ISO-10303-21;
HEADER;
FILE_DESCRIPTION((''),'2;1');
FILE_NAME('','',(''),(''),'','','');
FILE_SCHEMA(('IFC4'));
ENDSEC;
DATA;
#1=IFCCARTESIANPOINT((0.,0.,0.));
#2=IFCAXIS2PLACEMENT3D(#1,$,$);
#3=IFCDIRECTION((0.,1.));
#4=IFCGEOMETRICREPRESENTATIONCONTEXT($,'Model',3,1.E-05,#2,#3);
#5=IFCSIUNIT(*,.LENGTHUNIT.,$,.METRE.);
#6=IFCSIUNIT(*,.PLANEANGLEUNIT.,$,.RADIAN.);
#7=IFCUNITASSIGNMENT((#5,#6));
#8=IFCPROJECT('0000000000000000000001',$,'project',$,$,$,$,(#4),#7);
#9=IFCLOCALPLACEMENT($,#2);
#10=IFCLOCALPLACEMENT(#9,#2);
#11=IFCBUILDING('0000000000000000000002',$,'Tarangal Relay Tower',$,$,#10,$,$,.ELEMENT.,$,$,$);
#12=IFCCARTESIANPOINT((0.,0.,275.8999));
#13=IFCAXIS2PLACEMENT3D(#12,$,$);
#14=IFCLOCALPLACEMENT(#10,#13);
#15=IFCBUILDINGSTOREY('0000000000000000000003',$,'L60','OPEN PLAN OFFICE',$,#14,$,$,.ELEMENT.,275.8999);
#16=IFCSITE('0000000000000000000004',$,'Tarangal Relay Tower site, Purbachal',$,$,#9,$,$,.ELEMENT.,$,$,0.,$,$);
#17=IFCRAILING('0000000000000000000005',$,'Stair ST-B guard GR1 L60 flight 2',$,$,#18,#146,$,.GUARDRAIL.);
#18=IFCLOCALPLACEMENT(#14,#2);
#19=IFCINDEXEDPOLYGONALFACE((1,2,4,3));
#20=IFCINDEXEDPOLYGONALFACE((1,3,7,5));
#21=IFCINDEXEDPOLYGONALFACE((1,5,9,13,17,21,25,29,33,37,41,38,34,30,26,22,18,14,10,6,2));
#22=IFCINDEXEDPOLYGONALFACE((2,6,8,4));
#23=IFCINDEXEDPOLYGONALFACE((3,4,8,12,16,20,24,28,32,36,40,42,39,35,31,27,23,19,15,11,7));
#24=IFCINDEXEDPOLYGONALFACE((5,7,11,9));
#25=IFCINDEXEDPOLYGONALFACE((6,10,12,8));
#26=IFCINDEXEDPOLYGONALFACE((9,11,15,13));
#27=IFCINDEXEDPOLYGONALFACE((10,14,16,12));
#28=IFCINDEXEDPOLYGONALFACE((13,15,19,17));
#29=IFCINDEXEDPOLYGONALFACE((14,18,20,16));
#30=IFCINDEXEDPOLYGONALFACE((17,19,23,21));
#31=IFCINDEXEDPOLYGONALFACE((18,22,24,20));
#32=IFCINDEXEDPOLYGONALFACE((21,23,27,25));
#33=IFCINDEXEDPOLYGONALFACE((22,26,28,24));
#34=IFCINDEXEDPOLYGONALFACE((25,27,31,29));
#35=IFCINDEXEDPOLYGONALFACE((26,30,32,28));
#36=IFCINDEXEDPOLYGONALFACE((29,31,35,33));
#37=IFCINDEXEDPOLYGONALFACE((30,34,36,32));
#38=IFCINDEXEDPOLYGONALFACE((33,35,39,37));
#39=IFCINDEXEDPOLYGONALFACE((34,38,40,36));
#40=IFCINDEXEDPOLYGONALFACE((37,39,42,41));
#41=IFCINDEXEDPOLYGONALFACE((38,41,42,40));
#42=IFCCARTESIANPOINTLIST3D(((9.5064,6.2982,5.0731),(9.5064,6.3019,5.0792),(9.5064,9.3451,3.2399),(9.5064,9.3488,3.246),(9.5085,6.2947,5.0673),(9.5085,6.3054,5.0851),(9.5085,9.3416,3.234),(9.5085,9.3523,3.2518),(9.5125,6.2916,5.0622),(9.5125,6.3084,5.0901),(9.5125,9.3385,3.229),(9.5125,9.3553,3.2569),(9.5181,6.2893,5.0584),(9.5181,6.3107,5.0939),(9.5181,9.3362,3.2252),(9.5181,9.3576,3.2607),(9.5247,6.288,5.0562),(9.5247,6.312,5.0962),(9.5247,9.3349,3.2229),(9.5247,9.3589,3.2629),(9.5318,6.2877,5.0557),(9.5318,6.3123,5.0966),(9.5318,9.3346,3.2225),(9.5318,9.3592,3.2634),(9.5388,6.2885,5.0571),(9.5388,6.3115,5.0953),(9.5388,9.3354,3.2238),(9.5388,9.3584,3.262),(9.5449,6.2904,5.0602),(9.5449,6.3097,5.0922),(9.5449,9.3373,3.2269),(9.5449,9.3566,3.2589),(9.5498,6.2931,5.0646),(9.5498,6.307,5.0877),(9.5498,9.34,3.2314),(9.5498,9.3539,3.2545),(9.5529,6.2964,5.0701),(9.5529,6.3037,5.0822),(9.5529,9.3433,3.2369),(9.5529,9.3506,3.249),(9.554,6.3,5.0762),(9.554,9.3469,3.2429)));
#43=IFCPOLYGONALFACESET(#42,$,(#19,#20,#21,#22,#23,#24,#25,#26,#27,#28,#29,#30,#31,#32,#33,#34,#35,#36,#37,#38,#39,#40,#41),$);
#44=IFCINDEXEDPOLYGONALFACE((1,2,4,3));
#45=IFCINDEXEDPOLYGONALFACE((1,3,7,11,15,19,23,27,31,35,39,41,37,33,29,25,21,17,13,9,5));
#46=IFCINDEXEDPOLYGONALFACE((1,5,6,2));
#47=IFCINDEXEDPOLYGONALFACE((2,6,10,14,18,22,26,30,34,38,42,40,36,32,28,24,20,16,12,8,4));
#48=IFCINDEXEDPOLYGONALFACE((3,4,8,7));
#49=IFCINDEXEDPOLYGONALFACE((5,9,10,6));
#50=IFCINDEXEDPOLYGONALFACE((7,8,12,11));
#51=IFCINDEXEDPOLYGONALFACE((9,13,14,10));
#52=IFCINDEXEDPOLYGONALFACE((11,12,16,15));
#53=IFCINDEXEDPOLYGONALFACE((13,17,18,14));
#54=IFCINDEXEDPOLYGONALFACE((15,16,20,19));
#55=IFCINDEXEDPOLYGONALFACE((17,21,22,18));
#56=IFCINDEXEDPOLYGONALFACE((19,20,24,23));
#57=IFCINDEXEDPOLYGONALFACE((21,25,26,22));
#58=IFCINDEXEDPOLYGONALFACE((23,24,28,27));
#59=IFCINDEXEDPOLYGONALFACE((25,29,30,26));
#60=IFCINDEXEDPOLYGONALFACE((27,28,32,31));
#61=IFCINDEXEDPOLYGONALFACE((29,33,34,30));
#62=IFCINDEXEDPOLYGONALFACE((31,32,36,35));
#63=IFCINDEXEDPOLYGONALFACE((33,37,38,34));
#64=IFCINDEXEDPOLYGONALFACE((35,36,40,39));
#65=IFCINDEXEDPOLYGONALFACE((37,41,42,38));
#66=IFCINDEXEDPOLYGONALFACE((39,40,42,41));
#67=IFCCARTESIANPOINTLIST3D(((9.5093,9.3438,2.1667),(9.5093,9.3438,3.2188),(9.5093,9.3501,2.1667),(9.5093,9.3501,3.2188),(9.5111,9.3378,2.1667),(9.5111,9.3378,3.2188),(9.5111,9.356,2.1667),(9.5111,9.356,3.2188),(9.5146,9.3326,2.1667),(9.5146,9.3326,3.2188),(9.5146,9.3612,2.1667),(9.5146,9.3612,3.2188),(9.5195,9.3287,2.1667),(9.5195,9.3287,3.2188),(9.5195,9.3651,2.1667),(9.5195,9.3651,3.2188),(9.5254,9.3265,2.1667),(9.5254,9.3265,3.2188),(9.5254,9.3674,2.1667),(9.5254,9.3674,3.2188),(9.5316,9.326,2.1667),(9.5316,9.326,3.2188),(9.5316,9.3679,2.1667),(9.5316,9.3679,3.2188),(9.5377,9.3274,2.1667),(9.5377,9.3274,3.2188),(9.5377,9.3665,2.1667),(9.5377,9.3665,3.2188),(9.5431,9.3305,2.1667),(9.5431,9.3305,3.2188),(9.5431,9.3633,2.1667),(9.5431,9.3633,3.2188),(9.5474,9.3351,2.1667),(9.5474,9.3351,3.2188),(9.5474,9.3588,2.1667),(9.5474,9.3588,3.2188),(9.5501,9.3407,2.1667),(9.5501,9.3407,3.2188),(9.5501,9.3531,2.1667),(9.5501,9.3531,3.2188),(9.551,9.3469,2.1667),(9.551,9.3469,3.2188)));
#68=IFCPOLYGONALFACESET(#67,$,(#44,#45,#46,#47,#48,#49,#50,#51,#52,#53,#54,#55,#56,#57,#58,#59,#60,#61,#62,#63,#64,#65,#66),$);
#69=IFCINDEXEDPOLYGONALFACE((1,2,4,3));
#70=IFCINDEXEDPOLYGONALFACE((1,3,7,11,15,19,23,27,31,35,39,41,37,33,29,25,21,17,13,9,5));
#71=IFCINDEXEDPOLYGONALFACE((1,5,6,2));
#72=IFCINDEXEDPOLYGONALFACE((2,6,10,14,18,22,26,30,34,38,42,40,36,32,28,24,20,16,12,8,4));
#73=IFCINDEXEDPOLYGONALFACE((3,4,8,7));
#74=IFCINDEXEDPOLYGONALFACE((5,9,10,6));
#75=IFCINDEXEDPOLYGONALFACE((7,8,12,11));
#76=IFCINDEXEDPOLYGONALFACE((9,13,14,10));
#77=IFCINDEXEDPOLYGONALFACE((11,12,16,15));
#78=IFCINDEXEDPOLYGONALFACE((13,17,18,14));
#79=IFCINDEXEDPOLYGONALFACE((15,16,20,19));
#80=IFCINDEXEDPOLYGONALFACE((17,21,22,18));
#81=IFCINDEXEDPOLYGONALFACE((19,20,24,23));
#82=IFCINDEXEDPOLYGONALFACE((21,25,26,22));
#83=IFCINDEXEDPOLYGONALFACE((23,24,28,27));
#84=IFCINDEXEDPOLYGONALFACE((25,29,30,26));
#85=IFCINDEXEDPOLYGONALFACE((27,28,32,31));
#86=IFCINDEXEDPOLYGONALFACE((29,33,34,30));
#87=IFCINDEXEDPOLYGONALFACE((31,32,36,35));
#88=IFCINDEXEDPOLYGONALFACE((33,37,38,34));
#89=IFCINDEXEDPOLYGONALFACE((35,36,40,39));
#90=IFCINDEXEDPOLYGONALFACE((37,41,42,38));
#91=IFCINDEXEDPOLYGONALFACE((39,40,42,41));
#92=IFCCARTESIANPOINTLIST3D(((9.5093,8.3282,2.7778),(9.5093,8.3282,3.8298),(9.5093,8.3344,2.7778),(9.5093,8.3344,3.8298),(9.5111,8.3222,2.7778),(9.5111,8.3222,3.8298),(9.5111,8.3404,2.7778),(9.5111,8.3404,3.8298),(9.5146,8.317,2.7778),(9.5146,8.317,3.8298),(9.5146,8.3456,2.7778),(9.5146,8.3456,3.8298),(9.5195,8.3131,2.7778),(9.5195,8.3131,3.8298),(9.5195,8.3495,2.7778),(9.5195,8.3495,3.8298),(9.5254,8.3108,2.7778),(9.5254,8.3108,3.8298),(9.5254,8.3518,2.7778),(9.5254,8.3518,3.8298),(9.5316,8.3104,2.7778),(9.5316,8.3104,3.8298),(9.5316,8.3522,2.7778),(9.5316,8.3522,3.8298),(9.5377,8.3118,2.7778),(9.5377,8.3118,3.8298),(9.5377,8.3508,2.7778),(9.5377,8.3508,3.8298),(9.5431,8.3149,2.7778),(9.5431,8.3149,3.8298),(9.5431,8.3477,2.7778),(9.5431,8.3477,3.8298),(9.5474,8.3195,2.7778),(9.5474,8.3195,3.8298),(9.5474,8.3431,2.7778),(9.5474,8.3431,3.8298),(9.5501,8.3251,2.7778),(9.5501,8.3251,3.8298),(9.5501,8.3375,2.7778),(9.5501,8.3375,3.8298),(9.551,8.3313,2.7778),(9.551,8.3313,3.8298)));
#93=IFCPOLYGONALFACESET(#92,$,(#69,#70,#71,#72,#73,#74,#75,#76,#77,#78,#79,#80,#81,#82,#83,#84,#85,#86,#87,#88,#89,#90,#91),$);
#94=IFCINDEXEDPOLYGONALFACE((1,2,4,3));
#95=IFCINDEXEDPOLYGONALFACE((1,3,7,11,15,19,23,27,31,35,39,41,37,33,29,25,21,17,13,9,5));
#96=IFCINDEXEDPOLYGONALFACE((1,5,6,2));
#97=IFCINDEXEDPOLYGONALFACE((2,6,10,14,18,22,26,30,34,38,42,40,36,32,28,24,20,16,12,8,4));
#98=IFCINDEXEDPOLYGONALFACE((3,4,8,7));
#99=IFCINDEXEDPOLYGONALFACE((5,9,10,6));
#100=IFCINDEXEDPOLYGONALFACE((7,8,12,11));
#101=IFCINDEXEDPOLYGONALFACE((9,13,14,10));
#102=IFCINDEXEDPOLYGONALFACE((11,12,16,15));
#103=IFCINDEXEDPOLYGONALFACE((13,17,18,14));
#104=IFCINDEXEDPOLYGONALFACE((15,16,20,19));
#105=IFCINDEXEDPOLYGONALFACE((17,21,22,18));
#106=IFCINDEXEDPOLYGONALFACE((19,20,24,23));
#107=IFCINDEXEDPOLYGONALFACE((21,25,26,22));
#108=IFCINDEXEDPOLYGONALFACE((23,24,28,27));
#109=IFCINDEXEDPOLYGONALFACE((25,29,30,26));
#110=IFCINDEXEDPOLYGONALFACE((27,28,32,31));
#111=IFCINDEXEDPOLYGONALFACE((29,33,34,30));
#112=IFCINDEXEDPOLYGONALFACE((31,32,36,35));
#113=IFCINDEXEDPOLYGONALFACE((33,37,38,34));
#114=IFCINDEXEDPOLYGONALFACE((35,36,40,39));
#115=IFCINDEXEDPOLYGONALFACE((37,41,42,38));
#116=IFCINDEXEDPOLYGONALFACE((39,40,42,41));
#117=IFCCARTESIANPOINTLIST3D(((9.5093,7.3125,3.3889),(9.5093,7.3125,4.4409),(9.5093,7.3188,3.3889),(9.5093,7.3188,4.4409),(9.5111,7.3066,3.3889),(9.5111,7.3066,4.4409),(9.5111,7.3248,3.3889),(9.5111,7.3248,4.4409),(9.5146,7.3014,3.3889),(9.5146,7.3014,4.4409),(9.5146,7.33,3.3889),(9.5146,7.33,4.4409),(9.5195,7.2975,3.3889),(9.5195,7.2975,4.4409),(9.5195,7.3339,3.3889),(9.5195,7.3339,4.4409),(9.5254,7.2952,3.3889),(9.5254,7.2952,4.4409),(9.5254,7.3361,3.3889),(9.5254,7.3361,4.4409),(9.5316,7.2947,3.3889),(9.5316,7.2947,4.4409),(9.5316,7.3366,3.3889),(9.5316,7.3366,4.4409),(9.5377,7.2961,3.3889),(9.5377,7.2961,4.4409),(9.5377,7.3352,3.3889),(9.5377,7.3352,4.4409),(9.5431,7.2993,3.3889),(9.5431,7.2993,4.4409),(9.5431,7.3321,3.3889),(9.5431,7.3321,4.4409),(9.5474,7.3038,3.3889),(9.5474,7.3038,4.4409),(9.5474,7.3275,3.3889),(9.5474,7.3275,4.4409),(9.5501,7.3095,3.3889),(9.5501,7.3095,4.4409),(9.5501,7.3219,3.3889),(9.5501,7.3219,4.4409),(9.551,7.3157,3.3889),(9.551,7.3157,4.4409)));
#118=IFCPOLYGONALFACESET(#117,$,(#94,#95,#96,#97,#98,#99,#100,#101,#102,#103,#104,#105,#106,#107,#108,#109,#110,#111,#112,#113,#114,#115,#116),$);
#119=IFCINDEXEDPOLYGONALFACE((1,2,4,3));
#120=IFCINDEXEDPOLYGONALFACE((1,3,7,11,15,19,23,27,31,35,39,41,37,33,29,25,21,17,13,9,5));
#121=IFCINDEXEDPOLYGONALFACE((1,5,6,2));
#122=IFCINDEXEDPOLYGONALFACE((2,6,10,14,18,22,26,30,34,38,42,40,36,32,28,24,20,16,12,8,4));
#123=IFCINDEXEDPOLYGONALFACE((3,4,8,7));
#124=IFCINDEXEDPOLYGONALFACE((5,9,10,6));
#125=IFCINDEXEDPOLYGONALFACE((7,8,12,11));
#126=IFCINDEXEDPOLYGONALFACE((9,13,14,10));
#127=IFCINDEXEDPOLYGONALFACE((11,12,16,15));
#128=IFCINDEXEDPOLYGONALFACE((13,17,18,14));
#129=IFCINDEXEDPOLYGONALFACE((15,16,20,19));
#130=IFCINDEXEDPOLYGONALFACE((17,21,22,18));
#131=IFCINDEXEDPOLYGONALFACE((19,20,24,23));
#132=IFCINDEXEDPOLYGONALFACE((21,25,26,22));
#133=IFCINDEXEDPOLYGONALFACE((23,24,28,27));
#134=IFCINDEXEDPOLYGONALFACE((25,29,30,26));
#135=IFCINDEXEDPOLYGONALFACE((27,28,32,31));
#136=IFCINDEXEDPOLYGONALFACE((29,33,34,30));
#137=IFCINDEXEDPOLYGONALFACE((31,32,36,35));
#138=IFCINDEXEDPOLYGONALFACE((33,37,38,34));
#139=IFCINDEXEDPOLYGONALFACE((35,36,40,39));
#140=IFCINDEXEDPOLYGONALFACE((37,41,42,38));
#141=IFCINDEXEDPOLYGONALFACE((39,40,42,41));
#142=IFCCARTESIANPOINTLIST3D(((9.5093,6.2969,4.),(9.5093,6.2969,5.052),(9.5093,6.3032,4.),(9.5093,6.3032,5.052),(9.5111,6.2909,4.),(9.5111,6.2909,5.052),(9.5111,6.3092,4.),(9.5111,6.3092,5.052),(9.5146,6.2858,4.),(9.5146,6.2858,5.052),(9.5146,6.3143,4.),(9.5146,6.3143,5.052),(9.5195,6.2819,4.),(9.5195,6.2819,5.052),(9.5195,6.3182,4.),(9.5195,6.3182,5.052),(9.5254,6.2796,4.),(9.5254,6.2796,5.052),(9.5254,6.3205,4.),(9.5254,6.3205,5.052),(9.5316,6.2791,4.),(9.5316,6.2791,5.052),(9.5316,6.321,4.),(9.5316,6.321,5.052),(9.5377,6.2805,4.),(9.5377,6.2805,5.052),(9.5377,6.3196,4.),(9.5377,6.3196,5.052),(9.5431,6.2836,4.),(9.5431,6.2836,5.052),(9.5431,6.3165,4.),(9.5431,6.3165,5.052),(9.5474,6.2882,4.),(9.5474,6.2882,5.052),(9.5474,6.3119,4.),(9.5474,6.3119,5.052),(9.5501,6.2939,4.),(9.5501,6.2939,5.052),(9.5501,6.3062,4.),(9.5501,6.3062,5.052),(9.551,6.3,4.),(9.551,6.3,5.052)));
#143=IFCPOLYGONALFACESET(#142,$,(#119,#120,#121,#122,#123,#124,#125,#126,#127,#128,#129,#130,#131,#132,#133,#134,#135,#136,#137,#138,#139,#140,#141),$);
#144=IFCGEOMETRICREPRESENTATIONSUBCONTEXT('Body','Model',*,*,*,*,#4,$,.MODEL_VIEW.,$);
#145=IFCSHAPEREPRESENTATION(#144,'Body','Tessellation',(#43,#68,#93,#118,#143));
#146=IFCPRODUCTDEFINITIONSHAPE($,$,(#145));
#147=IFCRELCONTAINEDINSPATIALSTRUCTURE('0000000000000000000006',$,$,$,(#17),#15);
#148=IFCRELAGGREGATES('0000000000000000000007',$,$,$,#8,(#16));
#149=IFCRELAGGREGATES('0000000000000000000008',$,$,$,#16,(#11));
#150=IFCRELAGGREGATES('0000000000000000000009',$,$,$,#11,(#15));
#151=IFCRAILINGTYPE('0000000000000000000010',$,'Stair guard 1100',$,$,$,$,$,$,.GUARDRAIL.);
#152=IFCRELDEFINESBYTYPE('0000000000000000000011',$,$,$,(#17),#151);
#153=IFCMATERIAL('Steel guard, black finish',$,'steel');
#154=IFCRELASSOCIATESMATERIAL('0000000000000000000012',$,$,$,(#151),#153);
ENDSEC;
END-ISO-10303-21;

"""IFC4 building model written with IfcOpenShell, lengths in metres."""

from ifc_helpers import new_model, si_unit, direction, frame, origin, origin_2d, place, context, subcontext, project, spatial, circle, extrude, material, type_object, element, save


model = new_model("IFC4")

# Units and contexts
model_context = context("Model", 3, precision=1e-05, world=origin(), true_north=direction((0.0, 1.0)))
body_context = subcontext(model_context, "Body", "Model", "MODEL_VIEW")
ifc_project = project(units=[si_unit("LENGTHUNIT", "METRE"), si_unit("PLANEANGLEUNIT", "RADIAN")], contexts=[model_context])

# Site, building, storey
site_placement = place(None, origin())
site = spatial("IfcSite", under=ifc_project, at=site_placement, Name="Tarangal Relay Tower site, Purbachal", CompositionType="ELEMENT", RefElevation=0.0)
building_placement = place(site_placement, origin())
building = spatial("IfcBuilding", under=site, at=building_placement, Name="Tarangal Relay Tower", CompositionType="ELEMENT")
storey_placement = place(building_placement, frame((0.0, 0.0, 275.8999)))
storey = spatial("IfcBuildingStorey", under=building, at=storey_placement, Name="L60", Description="OPEN PLAN OFFICE", CompositionType="ELEMENT", Elevation=275.8999)

# Railing
ifc_material_1 = material(Name="Steel guard, black finish", Category="steel")
railing_type_1 = type_object("IfcRailingType", Name="Stair guard 1100", PredefinedType="GUARDRAIL", material=ifc_material_1)
railing_1_placement = place(storey_placement, frame((9.53, 9.3469, 2.1667)))
element("IfcRailing", 1, at=railing_1_placement, inside=storey, type_object=railing_type_1, Name="Stair ST-B guard GR1 L60 flight 2", PredefinedType="GUARDRAIL", context=body_context, shape_type="SweptSolid", body=[
    extrude(circle(Radius=0.0239, at=origin_2d()), frame((0.0, 0.0, 1.0762), z_axis=(0.0, -0.856856, 0.515556), x_axis=(1.0, 0.0, 0.0)), (0.0, 0.0, 1.0), 3.5559),
    extrude(circle(Radius=0.021, at=origin_2d()), origin(), (0.0, 0.0, 1.0), 1.052),
    extrude(circle(Radius=0.021, at=origin_2d()), frame((0.0, -1.0156, 0.6111)), (0.0, 0.0, 1.0), 1.052),
    extrude(circle(Radius=0.021, at=origin_2d()), frame((0.0, -2.0312, 1.2222)), (0.0, 0.0, 1.0), 1.052),
    extrude(circle(Radius=0.021, at=origin_2d()), frame((0.0, -3.0469, 1.8333)), (0.0, 0.0, 1.0), 1.052),
])

save(model, "model.ifc")
